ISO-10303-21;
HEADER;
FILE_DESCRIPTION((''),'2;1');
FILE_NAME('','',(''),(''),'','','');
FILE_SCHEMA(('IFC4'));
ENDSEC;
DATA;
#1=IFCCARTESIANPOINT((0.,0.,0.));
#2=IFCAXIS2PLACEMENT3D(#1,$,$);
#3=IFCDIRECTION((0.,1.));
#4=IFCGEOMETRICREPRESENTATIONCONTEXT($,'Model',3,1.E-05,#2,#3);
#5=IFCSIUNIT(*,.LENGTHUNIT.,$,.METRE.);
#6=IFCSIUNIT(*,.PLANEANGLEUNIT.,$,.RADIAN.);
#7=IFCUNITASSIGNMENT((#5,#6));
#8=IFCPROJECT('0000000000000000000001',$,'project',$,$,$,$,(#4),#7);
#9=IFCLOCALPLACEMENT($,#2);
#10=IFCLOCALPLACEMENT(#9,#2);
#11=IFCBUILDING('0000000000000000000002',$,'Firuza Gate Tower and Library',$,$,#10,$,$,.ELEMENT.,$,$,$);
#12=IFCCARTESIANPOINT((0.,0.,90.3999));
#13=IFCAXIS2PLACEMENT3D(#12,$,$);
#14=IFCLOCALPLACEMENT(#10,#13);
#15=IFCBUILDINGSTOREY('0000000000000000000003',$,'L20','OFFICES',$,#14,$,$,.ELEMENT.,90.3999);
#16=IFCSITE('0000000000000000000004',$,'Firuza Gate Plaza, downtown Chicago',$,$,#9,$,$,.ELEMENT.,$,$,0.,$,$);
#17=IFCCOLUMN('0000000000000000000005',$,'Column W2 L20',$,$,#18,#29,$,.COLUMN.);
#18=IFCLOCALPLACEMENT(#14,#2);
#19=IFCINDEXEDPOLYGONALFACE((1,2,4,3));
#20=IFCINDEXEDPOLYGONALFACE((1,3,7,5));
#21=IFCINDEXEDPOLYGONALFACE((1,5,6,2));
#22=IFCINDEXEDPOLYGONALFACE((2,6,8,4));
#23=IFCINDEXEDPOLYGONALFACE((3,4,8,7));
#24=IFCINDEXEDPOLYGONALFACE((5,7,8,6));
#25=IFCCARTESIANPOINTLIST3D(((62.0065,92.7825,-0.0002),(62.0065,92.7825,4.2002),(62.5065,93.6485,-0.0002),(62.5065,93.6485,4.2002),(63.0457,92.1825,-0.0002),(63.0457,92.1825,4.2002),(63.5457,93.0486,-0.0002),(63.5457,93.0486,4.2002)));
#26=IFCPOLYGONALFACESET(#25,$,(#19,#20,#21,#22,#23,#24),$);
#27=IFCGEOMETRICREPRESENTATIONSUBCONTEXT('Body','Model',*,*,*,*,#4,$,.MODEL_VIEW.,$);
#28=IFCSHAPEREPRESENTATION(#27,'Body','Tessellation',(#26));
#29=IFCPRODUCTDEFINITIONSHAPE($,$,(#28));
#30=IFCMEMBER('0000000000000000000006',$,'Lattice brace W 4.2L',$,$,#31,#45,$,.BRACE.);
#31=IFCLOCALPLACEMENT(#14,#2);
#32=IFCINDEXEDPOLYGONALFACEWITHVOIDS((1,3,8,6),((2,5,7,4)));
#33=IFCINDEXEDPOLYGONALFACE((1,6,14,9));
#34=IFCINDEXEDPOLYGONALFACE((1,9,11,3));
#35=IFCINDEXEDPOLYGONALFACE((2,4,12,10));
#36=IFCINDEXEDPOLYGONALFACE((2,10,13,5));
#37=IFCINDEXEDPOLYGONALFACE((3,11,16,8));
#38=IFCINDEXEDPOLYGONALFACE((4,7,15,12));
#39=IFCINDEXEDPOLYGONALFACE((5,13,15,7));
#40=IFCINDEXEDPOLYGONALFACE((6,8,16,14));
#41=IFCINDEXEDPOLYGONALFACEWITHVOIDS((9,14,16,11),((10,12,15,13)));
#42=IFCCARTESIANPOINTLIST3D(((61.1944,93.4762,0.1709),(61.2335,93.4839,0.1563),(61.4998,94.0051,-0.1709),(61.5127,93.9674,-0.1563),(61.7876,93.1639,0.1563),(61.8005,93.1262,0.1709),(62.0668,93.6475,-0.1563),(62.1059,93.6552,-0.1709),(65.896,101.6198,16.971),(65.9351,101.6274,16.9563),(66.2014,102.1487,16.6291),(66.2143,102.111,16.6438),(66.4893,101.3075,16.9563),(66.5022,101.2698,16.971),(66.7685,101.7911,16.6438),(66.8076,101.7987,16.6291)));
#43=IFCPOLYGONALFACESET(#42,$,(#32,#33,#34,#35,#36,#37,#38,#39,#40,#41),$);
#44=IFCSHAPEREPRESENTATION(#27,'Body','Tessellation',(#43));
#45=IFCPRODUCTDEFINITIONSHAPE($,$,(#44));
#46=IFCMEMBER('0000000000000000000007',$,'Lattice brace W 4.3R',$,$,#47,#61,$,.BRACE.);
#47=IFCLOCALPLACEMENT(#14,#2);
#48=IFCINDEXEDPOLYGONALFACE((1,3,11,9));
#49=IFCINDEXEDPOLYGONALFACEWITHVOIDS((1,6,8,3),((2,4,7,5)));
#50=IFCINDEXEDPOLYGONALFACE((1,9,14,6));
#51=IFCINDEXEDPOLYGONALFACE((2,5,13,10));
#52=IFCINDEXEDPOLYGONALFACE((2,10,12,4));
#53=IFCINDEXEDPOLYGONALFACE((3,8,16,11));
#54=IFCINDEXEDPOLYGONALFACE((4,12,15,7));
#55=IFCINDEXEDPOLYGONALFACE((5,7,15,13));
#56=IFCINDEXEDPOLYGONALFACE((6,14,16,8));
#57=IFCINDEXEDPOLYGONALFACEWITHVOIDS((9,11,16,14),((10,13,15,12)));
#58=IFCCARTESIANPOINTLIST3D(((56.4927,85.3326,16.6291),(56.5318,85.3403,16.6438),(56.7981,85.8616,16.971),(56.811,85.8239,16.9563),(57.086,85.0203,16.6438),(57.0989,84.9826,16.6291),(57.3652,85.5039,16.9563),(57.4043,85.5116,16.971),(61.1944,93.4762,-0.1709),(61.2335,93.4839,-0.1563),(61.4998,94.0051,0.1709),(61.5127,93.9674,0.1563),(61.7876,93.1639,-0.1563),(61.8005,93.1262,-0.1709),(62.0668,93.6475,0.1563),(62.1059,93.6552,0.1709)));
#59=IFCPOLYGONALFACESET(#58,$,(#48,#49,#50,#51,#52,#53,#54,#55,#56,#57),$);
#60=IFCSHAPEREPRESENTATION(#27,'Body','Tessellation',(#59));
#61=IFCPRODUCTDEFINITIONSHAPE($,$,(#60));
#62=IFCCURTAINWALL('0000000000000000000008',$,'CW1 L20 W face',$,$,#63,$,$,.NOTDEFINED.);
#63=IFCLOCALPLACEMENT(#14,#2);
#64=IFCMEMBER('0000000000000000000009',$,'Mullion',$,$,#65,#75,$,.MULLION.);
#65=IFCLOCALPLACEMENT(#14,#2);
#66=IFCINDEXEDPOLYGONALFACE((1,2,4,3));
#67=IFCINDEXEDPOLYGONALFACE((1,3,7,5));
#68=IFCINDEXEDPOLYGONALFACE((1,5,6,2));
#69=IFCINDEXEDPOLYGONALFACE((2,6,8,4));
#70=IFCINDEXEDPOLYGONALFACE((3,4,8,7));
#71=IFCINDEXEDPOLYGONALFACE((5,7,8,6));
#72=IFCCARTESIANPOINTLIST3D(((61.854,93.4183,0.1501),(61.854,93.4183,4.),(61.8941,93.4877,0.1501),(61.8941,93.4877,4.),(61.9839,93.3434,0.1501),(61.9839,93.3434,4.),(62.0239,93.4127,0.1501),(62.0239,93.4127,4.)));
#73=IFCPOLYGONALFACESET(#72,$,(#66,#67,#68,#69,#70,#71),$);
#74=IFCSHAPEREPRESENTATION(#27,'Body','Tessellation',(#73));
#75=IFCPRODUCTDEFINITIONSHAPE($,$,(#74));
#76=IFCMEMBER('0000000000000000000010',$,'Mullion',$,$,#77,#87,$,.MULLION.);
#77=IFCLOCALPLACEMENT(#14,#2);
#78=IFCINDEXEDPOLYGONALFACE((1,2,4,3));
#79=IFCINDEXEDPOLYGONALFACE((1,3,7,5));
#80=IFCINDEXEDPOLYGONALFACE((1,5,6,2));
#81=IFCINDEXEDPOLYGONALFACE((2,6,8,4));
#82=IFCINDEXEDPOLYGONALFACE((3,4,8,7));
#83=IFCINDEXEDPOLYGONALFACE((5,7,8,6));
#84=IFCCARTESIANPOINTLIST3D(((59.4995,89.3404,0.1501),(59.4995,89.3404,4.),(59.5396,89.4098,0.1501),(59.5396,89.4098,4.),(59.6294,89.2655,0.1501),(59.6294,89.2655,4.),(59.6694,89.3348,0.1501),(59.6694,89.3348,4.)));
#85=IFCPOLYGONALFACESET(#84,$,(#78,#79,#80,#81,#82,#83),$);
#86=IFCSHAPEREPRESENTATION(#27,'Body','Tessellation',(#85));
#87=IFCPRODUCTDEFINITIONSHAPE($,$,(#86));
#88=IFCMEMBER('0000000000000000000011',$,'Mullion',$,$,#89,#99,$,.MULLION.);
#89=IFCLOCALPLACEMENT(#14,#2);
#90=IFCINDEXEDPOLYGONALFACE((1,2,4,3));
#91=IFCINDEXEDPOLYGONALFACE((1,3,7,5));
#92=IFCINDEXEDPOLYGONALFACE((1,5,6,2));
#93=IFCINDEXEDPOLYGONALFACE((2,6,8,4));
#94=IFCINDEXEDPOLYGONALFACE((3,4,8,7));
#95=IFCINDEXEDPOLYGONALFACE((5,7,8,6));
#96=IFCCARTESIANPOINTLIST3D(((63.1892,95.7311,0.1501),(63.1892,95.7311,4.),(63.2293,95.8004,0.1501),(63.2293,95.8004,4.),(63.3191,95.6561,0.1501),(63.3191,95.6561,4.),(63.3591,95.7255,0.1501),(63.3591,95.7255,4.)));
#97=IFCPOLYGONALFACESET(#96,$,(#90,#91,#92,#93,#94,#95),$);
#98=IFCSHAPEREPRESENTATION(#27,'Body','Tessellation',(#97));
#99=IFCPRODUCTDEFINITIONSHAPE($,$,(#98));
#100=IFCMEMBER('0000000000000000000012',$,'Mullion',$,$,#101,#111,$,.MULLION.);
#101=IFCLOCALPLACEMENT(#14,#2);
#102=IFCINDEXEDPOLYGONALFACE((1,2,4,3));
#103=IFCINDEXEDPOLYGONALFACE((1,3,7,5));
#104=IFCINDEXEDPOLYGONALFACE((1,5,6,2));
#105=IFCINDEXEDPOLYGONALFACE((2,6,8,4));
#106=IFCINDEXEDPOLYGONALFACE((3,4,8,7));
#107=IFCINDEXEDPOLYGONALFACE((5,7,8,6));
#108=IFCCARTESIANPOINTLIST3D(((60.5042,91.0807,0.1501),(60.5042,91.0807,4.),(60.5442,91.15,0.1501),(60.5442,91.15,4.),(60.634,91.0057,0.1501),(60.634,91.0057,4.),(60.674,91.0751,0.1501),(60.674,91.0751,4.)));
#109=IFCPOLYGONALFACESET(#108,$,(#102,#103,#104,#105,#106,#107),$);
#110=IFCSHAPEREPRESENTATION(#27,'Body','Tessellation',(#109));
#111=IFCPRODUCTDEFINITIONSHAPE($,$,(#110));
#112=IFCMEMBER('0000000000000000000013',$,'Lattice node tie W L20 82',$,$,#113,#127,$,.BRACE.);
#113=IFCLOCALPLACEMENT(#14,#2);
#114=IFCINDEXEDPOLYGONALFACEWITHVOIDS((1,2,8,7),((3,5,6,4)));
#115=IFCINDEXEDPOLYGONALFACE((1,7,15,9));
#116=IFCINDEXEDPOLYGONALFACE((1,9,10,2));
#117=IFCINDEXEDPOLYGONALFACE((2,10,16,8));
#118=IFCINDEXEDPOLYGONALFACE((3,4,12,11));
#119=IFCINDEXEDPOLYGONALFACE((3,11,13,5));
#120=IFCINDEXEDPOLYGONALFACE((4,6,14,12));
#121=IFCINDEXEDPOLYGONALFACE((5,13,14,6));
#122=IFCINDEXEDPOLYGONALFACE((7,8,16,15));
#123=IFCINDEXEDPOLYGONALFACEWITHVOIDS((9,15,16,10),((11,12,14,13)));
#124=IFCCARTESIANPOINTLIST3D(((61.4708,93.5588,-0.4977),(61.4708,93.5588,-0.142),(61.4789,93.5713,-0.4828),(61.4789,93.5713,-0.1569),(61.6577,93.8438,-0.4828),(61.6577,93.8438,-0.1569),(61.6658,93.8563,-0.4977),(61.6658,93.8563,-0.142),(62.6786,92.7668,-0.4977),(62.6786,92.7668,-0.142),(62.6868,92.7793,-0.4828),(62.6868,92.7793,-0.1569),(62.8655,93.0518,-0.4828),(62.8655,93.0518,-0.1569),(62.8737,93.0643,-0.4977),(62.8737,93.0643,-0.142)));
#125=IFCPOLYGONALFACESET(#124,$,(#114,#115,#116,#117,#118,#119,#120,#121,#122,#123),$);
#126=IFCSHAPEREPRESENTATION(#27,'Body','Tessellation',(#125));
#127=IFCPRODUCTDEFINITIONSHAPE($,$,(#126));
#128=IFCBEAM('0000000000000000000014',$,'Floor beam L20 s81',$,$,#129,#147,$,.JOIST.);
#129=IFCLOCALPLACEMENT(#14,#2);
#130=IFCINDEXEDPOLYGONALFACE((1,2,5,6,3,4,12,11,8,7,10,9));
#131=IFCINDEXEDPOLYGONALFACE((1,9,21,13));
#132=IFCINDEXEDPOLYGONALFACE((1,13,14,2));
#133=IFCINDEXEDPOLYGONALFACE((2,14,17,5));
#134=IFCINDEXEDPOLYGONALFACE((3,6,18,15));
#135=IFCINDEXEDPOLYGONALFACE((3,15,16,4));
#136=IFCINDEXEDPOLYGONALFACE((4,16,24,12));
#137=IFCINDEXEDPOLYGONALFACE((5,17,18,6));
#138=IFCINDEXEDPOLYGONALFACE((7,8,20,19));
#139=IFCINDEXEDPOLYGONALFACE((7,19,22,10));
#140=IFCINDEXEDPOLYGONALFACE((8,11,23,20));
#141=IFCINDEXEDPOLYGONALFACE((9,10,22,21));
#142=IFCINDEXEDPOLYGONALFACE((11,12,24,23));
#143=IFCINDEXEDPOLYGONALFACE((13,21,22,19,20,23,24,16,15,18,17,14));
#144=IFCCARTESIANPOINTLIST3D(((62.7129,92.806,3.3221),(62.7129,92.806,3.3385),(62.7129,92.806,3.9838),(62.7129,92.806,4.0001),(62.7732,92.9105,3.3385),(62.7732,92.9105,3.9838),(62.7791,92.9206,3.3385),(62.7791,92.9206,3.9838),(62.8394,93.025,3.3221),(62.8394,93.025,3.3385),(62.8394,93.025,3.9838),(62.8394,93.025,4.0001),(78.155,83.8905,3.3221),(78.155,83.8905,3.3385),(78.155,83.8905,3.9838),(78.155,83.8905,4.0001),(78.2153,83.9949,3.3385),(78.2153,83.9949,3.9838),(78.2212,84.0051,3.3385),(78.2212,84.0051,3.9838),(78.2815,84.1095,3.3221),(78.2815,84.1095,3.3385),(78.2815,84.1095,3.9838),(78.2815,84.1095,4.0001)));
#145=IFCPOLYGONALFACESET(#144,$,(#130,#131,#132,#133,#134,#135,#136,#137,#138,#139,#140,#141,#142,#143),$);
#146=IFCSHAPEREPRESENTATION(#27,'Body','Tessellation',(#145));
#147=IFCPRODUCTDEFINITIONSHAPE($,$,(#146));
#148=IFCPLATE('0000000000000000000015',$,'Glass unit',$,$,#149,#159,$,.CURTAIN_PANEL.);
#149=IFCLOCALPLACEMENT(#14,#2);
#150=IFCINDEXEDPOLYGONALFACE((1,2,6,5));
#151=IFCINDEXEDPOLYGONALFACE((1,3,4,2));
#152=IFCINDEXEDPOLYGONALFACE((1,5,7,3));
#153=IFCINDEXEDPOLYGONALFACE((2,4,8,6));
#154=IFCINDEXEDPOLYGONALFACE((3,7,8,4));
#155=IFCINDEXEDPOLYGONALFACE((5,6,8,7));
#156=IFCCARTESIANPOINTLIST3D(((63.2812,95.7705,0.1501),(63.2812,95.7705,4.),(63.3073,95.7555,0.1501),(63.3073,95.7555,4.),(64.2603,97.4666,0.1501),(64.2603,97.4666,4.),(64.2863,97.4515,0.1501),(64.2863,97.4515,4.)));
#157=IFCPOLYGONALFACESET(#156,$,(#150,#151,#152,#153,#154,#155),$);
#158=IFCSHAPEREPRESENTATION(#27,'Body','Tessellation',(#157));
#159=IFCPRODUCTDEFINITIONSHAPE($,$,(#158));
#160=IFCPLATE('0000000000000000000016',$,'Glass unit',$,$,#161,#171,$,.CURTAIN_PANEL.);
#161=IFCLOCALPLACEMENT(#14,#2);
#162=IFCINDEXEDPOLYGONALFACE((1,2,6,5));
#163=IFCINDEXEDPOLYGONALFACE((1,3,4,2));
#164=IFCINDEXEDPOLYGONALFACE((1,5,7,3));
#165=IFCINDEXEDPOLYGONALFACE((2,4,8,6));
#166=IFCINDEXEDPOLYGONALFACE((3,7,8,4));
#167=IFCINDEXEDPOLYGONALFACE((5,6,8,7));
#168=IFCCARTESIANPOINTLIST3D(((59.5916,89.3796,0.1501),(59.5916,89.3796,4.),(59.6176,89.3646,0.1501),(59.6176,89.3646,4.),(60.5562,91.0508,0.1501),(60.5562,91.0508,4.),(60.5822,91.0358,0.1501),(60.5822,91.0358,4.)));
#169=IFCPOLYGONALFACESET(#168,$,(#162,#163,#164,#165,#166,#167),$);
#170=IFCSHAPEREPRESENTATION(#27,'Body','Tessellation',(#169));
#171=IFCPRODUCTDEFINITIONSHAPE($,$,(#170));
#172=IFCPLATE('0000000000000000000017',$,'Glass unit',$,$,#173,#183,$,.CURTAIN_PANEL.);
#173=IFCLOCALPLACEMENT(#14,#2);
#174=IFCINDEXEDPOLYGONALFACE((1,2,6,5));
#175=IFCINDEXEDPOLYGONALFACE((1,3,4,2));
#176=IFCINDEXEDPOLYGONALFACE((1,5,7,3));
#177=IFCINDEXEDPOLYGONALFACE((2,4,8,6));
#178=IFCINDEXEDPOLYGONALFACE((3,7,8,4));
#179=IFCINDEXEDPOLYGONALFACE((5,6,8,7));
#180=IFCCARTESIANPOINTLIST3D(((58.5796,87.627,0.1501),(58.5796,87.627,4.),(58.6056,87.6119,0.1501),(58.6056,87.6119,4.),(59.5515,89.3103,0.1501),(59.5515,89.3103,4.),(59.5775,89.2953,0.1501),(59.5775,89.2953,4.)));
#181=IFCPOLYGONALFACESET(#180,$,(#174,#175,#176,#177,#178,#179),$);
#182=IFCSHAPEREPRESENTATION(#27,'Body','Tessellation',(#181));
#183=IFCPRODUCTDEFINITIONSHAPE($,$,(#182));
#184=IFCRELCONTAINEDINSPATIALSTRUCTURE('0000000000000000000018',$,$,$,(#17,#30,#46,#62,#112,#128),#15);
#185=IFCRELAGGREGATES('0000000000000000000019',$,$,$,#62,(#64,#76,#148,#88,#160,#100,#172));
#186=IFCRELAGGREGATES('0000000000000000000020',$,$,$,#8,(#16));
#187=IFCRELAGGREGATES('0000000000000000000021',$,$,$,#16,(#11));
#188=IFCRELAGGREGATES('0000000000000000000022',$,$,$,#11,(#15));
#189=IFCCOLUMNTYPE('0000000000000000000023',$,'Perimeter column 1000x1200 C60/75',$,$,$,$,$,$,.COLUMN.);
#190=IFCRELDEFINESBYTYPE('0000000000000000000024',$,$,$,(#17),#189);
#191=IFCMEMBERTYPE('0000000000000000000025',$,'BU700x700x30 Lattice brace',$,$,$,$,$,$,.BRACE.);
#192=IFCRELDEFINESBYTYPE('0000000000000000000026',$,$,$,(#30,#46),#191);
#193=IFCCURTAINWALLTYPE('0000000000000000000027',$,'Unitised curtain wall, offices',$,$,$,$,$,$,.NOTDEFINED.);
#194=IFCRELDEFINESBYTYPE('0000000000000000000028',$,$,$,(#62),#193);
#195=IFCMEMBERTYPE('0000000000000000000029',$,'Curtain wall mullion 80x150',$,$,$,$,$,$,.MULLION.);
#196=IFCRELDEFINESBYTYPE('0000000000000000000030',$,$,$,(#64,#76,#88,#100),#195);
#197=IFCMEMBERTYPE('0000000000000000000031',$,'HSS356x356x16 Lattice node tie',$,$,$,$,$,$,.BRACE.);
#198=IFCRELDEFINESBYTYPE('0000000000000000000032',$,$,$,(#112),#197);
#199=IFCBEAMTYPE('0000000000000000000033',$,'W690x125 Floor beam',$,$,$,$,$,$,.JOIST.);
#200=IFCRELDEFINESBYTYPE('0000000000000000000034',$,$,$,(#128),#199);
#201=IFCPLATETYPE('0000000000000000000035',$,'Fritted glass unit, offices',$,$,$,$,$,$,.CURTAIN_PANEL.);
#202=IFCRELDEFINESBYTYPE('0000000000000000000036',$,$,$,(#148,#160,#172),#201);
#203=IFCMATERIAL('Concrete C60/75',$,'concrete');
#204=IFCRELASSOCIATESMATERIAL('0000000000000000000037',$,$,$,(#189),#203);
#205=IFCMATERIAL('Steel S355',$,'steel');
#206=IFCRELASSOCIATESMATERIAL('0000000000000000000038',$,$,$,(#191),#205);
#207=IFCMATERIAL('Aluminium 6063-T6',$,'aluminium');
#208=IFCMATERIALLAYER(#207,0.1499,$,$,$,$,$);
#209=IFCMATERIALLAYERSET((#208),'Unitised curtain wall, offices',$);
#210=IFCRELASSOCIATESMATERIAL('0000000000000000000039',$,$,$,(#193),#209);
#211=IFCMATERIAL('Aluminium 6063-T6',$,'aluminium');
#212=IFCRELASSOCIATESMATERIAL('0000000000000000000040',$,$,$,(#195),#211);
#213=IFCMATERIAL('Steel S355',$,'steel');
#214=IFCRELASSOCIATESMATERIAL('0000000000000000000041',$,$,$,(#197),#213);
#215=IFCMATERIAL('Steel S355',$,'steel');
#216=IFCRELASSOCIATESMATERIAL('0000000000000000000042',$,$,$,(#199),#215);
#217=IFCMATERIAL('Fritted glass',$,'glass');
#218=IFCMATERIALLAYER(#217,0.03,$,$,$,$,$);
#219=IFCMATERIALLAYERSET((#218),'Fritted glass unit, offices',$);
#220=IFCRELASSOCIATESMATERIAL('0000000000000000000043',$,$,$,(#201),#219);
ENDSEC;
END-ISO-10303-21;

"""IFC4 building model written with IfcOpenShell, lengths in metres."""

from ifc_helpers import new_model, si_unit, direction, frame, origin, origin_2d, place, context, subcontext, project, spatial, polyline, rectangle, hollow_rectangle, i_section, outline, extrude, material, layer, layer_set, material_profile, profile_set, type_object, element, aggregate, save


model = new_model("IFC4")

# Units and contexts
model_context = context("Model", 3, precision=1e-05, world=origin(), true_north=direction((0.0, 1.0)))
body_context = subcontext(model_context, "Body", "Model", "MODEL_VIEW")
ifc_project = project(units=[si_unit("LENGTHUNIT", "METRE"), si_unit("PLANEANGLEUNIT", "RADIAN")], contexts=[model_context])

# Site, building, storey
site_placement = place(None, origin())
site = spatial("IfcSite", under=ifc_project, at=site_placement, Name="Firuza Gate Plaza, downtown Chicago", CompositionType="ELEMENT", RefElevation=0.0)
building_placement = place(site_placement, origin())
building = spatial("IfcBuilding", under=site, at=building_placement, Name="Firuza Gate Tower and Library", CompositionType="ELEMENT")
storey_placement = place(building_placement, frame((0.0, 0.0, 90.3999)))
storey = spatial("IfcBuildingStorey", under=building, at=storey_placement, Name="L20", Description="OFFICES", CompositionType="ELEMENT", Elevation=90.3999)

# Column
ifc_material_1 = material(Name="Concrete C60/75", Category="concrete")
ifc_material_profile_1 = material_profile(ifc_material_1, rectangle(XDim=1.0, YDim=1.2, at=origin_2d()))
ifc_profile_set_1 = profile_set([ifc_material_profile_1], Name="Concrete C60/75")
column_type = type_object("IfcColumnType", Name="Perimeter column 1000x1200 C60/75", PredefinedType="COLUMN", material=ifc_profile_set_1)
column_placement = place(storey_placement, frame((62.7761, 92.9155, -0.0002), z_axis=(0.0, 0.0, 1.0), x_axis=(-0.5, -0.866025, 0.0)))
element("IfcColumn", 1, at=column_placement, inside=storey, type_object=column_type, Name="Column W2 L20", PredefinedType="COLUMN", context=body_context, shape_type="SweptSolid", body=[
    extrude(rectangle(XDim=1.0, YDim=1.2, at=origin_2d()), origin(), (0.0, 0.0, 1.0), 4.2004),
])

# Members
ifc_material_2 = material(Name="Steel S355", Category="steel")
ifc_material_profile_2 = material_profile(ifc_material_2, hollow_rectangle(XDim=0.7, YDim=0.7, WallThickness=0.03, at=origin_2d()))
ifc_profile_set_2 = profile_set([ifc_material_profile_2], Name="Steel S355")
member_type_1 = type_object("IfcMemberType", Name="BU700x700x30 Lattice brace", PredefinedType="BRACE", material=ifc_profile_set_2)
for number, where, z_axis, x_axis, name in (
    (2, (61.6501, 93.5657, 0.0), (0.244208, 0.422983, 0.872609), (-0.866026, 0.499998, 0.0), "Lattice brace W 4.2L"),
    (3, (61.6501, 93.5657, 0.0), (-0.244208, -0.422983, 0.872609), (0.866026, -0.499998, 0.0), "Lattice brace W 4.3R"),
):
    element("IfcMember", number, at=place(storey_placement, frame(where, z_axis=z_axis, x_axis=x_axis)), inside=storey, type_object=member_type_1, Name=name, PredefinedType="BRACE", context=body_context, shape_type="SweptSolid", body=[
        extrude(hollow_rectangle(XDim=0.7, YDim=0.7, WallThickness=0.03, at=origin_2d()), origin(), (0.0, 0.0, 1.0), 19.2527),
    ])

# Curtain wall, members
ifc_material_3 = material(Name="Aluminium 6063-T6", Category="aluminium")
ifc_layer_1 = layer(ifc_material_3, 0.1499)
ifc_layer_set_1 = layer_set([ifc_layer_1], Name="Unitised curtain wall, offices")
curtain_wall_type = type_object("IfcCurtainWallType", Name="Unitised curtain wall, offices", PredefinedType="NOTDEFINED", material=ifc_layer_set_1)
placement = place(storey_placement, origin())
curtain_wall = element("IfcCurtainWall", 4, at=placement, inside=storey, type_object=curtain_wall_type, Name="CW1 L20 W face", PredefinedType="NOTDEFINED")
ifc_material_4 = material(Name="Aluminium 6063-T6", Category="aluminium")
ifc_material_profile_3 = material_profile(ifc_material_4, rectangle(XDim=0.1499, YDim=0.0801, at=origin_2d()))
ifc_profile_set_3 = profile_set([ifc_material_profile_3], Name="Aluminium 6063-T6")
member_type_2 = type_object("IfcMemberType", Name="Curtain wall mullion 80x150", PredefinedType="MULLION", material=ifc_profile_set_3)
member_1_placement = place(storey_placement, frame((61.939, 93.4155, 0.1501), z_axis=(0.0, 0.0, 1.0), x_axis=(0.866025, -0.5, 0.0)))
member_1 = element("IfcMember", 5, at=member_1_placement, type_object=member_type_2, Name="Mullion", PredefinedType="MULLION", context=body_context, shape_type="SweptSolid", body=[
    extrude(rectangle(XDim=0.1499, YDim=0.0801, at=origin_2d()), origin(), (0.0, 0.0, 1.0), 3.8499),
])
member_2_placement = place(storey_placement, frame((59.5845, 89.3376, 0.1501), z_axis=(0.0, 0.0, 1.0), x_axis=(0.866025, -0.5, 0.0)))
member_2 = element("IfcMember", 6, at=member_2_placement, type_object=member_type_2, Name="Mullion", PredefinedType="MULLION", context=body_context, shape_type="SweptSolid", body=[
    extrude(rectangle(XDim=0.1499, YDim=0.0801, at=origin_2d()), origin(), (0.0, 0.0, 1.0), 3.8499),
])
member_3_placement = place(storey_placement, frame((63.2742, 95.7283, 0.1501), z_axis=(0.0, 0.0, 1.0), x_axis=(0.866025, -0.5, 0.0)))
member_3 = element("IfcMember", 7, at=member_3_placement, type_object=member_type_2, Name="Mullion", PredefinedType="MULLION", context=body_context, shape_type="SweptSolid", body=[
    extrude(rectangle(XDim=0.1499, YDim=0.0801, at=origin_2d()), origin(), (0.0, 0.0, 1.0), 3.8499),
])
member_4_placement = place(storey_placement, frame((60.5891, 91.0779, 0.1501), z_axis=(0.0, 0.0, 1.0), x_axis=(0.866025, -0.5, 0.0)))
member_4 = element("IfcMember", 8, at=member_4_placement, type_object=member_type_2, Name="Mullion", PredefinedType="MULLION", context=body_context, shape_type="SweptSolid", body=[
    extrude(rectangle(XDim=0.1499, YDim=0.0801, at=origin_2d()), origin(), (0.0, 0.0, 1.0), 3.8499),
])

# Member
ifc_material_5 = material(Name="Steel S355", Category="steel")
ifc_material_profile_4 = material_profile(ifc_material_5, hollow_rectangle(XDim=0.3557, YDim=0.3557, WallThickness=0.0149, at=origin_2d()))
ifc_profile_set_4 = profile_set([ifc_material_profile_4], Name="Steel S355")
member_type_3 = type_object("IfcMemberType", Name="HSS356x356x16 Lattice node tie", PredefinedType="BRACE", material=ifc_profile_set_4)
member_5_placement = place(storey_placement, frame((62.7761, 92.9155, -0.3198), z_axis=(-0.836239, 0.548365, 0.0), x_axis=(-0.548365, -0.836239, 0.0)))
element("IfcMember", 9, at=member_5_placement, inside=storey, type_object=member_type_3, Name="Lattice node tie W L20 82", PredefinedType="BRACE", context=body_context, shape_type="SweptSolid", body=[
    extrude(hollow_rectangle(XDim=0.3557, YDim=0.3557, WallThickness=0.0149, at=origin_2d()), origin(), (0.0, 0.0, 1.0), 1.4443),
])

# Beam
ifc_material_6 = material(Name="Steel S355", Category="steel")
ifc_material_profile_5 = material_profile(ifc_material_6, i_section(OverallWidth=0.2529, OverallDepth=0.678, WebThickness=0.0117, FlangeThickness=0.0164, at=origin_2d()))
ifc_profile_set_5 = profile_set([ifc_material_profile_5], Name="Steel S355")
beam_type = type_object("IfcBeamType", Name="W690x125 Floor beam", PredefinedType="JOIST", material=ifc_profile_set_5)
beam_placement = place(storey_placement, frame((62.7761, 92.9155, 3.6611), z_axis=(0.866025, -0.5, 0.0), x_axis=(0.5, 0.866025, 0.0)))
element("IfcBeam", 10, at=beam_placement, inside=storey, type_object=beam_type, Name="Floor beam L20 s81", PredefinedType="JOIST", context=body_context, shape_type="SweptSolid", body=[
    extrude(i_section(OverallWidth=0.2529, OverallDepth=0.678, WebThickness=0.0117, FlangeThickness=0.0164, at=origin_2d()), origin(), (0.0, 0.0, 1.0), 17.8311),
])

# Plates
ifc_material_7 = material(Name="Fritted glass", Category="glass")
ifc_layer_2 = layer(ifc_material_7, 0.03)
ifc_layer_set_2 = layer_set([ifc_layer_2], Name="Fritted glass unit, offices")
plate_type_1 = type_object("IfcPlateType", Name="Fritted glass unit, offices", PredefinedType="CURTAIN_PANEL", material=ifc_layer_set_2)
plate_1_placement = place(storey_placement, frame((64.2603, 97.4666, 0.1501), z_axis=(-0.866071, 0.49992, 0.0), x_axis=(-0.49992, -0.866071, 0.0)))
plate_1 = element("IfcPlate", 11, at=plate_1_placement, type_object=plate_type_1, Name="Glass unit", PredefinedType="CURTAIN_PANEL", context=body_context, shape_type="SweptSolid", body=[
    extrude(outline(polyline([(0.0, 0.0), (1.9583, 0.0), (1.9583, 3.8499), (0.0, 3.8499), (0.0, 0.0)])), origin(), (0.0, 0.0, -1.0), 0.03),
])
plate_2_placement = place(storey_placement, frame((60.5562, 91.0508, 0.1501), z_axis=(-0.866078, 0.499909, 0.0), x_axis=(-0.499909, -0.866078, 0.0)))
plate_2 = element("IfcPlate", 12, at=plate_2_placement, type_object=plate_type_1, Name="Glass unit", PredefinedType="CURTAIN_PANEL", context=body_context, shape_type="SweptSolid", body=[
    extrude(outline(polyline([(0.0, 0.0), (1.9296, 0.0), (1.9296, 3.8499), (0.0, 3.8499), (0.0, 0.0)])), origin(), (0.0, 0.0, -1.0), 0.03),
])
plate_3_placement = place(storey_placement, frame((59.5515, 89.3103, 0.1501), z_axis=(-0.866016, 0.500016, 0.0), x_axis=(-0.500016, -0.866016, 0.0)))
plate_3 = element("IfcPlate", 13, at=plate_3_placement, type_object=plate_type_1, Name="Glass unit", PredefinedType="CURTAIN_PANEL", context=body_context, shape_type="SweptSolid", body=[
    extrude(outline(polyline([(0.0, 0.0), (1.9438, 0.0), (1.9438, 3.8499), (0.0, 3.8499), (0.0, 0.0)])), origin(), (0.0, 0.0, -1.0), 0.03),
])
aggregate(curtain_wall, [member_1, member_2, plate_1, member_3, plate_2, member_4, plate_3])

save(model, "model.ifc")
